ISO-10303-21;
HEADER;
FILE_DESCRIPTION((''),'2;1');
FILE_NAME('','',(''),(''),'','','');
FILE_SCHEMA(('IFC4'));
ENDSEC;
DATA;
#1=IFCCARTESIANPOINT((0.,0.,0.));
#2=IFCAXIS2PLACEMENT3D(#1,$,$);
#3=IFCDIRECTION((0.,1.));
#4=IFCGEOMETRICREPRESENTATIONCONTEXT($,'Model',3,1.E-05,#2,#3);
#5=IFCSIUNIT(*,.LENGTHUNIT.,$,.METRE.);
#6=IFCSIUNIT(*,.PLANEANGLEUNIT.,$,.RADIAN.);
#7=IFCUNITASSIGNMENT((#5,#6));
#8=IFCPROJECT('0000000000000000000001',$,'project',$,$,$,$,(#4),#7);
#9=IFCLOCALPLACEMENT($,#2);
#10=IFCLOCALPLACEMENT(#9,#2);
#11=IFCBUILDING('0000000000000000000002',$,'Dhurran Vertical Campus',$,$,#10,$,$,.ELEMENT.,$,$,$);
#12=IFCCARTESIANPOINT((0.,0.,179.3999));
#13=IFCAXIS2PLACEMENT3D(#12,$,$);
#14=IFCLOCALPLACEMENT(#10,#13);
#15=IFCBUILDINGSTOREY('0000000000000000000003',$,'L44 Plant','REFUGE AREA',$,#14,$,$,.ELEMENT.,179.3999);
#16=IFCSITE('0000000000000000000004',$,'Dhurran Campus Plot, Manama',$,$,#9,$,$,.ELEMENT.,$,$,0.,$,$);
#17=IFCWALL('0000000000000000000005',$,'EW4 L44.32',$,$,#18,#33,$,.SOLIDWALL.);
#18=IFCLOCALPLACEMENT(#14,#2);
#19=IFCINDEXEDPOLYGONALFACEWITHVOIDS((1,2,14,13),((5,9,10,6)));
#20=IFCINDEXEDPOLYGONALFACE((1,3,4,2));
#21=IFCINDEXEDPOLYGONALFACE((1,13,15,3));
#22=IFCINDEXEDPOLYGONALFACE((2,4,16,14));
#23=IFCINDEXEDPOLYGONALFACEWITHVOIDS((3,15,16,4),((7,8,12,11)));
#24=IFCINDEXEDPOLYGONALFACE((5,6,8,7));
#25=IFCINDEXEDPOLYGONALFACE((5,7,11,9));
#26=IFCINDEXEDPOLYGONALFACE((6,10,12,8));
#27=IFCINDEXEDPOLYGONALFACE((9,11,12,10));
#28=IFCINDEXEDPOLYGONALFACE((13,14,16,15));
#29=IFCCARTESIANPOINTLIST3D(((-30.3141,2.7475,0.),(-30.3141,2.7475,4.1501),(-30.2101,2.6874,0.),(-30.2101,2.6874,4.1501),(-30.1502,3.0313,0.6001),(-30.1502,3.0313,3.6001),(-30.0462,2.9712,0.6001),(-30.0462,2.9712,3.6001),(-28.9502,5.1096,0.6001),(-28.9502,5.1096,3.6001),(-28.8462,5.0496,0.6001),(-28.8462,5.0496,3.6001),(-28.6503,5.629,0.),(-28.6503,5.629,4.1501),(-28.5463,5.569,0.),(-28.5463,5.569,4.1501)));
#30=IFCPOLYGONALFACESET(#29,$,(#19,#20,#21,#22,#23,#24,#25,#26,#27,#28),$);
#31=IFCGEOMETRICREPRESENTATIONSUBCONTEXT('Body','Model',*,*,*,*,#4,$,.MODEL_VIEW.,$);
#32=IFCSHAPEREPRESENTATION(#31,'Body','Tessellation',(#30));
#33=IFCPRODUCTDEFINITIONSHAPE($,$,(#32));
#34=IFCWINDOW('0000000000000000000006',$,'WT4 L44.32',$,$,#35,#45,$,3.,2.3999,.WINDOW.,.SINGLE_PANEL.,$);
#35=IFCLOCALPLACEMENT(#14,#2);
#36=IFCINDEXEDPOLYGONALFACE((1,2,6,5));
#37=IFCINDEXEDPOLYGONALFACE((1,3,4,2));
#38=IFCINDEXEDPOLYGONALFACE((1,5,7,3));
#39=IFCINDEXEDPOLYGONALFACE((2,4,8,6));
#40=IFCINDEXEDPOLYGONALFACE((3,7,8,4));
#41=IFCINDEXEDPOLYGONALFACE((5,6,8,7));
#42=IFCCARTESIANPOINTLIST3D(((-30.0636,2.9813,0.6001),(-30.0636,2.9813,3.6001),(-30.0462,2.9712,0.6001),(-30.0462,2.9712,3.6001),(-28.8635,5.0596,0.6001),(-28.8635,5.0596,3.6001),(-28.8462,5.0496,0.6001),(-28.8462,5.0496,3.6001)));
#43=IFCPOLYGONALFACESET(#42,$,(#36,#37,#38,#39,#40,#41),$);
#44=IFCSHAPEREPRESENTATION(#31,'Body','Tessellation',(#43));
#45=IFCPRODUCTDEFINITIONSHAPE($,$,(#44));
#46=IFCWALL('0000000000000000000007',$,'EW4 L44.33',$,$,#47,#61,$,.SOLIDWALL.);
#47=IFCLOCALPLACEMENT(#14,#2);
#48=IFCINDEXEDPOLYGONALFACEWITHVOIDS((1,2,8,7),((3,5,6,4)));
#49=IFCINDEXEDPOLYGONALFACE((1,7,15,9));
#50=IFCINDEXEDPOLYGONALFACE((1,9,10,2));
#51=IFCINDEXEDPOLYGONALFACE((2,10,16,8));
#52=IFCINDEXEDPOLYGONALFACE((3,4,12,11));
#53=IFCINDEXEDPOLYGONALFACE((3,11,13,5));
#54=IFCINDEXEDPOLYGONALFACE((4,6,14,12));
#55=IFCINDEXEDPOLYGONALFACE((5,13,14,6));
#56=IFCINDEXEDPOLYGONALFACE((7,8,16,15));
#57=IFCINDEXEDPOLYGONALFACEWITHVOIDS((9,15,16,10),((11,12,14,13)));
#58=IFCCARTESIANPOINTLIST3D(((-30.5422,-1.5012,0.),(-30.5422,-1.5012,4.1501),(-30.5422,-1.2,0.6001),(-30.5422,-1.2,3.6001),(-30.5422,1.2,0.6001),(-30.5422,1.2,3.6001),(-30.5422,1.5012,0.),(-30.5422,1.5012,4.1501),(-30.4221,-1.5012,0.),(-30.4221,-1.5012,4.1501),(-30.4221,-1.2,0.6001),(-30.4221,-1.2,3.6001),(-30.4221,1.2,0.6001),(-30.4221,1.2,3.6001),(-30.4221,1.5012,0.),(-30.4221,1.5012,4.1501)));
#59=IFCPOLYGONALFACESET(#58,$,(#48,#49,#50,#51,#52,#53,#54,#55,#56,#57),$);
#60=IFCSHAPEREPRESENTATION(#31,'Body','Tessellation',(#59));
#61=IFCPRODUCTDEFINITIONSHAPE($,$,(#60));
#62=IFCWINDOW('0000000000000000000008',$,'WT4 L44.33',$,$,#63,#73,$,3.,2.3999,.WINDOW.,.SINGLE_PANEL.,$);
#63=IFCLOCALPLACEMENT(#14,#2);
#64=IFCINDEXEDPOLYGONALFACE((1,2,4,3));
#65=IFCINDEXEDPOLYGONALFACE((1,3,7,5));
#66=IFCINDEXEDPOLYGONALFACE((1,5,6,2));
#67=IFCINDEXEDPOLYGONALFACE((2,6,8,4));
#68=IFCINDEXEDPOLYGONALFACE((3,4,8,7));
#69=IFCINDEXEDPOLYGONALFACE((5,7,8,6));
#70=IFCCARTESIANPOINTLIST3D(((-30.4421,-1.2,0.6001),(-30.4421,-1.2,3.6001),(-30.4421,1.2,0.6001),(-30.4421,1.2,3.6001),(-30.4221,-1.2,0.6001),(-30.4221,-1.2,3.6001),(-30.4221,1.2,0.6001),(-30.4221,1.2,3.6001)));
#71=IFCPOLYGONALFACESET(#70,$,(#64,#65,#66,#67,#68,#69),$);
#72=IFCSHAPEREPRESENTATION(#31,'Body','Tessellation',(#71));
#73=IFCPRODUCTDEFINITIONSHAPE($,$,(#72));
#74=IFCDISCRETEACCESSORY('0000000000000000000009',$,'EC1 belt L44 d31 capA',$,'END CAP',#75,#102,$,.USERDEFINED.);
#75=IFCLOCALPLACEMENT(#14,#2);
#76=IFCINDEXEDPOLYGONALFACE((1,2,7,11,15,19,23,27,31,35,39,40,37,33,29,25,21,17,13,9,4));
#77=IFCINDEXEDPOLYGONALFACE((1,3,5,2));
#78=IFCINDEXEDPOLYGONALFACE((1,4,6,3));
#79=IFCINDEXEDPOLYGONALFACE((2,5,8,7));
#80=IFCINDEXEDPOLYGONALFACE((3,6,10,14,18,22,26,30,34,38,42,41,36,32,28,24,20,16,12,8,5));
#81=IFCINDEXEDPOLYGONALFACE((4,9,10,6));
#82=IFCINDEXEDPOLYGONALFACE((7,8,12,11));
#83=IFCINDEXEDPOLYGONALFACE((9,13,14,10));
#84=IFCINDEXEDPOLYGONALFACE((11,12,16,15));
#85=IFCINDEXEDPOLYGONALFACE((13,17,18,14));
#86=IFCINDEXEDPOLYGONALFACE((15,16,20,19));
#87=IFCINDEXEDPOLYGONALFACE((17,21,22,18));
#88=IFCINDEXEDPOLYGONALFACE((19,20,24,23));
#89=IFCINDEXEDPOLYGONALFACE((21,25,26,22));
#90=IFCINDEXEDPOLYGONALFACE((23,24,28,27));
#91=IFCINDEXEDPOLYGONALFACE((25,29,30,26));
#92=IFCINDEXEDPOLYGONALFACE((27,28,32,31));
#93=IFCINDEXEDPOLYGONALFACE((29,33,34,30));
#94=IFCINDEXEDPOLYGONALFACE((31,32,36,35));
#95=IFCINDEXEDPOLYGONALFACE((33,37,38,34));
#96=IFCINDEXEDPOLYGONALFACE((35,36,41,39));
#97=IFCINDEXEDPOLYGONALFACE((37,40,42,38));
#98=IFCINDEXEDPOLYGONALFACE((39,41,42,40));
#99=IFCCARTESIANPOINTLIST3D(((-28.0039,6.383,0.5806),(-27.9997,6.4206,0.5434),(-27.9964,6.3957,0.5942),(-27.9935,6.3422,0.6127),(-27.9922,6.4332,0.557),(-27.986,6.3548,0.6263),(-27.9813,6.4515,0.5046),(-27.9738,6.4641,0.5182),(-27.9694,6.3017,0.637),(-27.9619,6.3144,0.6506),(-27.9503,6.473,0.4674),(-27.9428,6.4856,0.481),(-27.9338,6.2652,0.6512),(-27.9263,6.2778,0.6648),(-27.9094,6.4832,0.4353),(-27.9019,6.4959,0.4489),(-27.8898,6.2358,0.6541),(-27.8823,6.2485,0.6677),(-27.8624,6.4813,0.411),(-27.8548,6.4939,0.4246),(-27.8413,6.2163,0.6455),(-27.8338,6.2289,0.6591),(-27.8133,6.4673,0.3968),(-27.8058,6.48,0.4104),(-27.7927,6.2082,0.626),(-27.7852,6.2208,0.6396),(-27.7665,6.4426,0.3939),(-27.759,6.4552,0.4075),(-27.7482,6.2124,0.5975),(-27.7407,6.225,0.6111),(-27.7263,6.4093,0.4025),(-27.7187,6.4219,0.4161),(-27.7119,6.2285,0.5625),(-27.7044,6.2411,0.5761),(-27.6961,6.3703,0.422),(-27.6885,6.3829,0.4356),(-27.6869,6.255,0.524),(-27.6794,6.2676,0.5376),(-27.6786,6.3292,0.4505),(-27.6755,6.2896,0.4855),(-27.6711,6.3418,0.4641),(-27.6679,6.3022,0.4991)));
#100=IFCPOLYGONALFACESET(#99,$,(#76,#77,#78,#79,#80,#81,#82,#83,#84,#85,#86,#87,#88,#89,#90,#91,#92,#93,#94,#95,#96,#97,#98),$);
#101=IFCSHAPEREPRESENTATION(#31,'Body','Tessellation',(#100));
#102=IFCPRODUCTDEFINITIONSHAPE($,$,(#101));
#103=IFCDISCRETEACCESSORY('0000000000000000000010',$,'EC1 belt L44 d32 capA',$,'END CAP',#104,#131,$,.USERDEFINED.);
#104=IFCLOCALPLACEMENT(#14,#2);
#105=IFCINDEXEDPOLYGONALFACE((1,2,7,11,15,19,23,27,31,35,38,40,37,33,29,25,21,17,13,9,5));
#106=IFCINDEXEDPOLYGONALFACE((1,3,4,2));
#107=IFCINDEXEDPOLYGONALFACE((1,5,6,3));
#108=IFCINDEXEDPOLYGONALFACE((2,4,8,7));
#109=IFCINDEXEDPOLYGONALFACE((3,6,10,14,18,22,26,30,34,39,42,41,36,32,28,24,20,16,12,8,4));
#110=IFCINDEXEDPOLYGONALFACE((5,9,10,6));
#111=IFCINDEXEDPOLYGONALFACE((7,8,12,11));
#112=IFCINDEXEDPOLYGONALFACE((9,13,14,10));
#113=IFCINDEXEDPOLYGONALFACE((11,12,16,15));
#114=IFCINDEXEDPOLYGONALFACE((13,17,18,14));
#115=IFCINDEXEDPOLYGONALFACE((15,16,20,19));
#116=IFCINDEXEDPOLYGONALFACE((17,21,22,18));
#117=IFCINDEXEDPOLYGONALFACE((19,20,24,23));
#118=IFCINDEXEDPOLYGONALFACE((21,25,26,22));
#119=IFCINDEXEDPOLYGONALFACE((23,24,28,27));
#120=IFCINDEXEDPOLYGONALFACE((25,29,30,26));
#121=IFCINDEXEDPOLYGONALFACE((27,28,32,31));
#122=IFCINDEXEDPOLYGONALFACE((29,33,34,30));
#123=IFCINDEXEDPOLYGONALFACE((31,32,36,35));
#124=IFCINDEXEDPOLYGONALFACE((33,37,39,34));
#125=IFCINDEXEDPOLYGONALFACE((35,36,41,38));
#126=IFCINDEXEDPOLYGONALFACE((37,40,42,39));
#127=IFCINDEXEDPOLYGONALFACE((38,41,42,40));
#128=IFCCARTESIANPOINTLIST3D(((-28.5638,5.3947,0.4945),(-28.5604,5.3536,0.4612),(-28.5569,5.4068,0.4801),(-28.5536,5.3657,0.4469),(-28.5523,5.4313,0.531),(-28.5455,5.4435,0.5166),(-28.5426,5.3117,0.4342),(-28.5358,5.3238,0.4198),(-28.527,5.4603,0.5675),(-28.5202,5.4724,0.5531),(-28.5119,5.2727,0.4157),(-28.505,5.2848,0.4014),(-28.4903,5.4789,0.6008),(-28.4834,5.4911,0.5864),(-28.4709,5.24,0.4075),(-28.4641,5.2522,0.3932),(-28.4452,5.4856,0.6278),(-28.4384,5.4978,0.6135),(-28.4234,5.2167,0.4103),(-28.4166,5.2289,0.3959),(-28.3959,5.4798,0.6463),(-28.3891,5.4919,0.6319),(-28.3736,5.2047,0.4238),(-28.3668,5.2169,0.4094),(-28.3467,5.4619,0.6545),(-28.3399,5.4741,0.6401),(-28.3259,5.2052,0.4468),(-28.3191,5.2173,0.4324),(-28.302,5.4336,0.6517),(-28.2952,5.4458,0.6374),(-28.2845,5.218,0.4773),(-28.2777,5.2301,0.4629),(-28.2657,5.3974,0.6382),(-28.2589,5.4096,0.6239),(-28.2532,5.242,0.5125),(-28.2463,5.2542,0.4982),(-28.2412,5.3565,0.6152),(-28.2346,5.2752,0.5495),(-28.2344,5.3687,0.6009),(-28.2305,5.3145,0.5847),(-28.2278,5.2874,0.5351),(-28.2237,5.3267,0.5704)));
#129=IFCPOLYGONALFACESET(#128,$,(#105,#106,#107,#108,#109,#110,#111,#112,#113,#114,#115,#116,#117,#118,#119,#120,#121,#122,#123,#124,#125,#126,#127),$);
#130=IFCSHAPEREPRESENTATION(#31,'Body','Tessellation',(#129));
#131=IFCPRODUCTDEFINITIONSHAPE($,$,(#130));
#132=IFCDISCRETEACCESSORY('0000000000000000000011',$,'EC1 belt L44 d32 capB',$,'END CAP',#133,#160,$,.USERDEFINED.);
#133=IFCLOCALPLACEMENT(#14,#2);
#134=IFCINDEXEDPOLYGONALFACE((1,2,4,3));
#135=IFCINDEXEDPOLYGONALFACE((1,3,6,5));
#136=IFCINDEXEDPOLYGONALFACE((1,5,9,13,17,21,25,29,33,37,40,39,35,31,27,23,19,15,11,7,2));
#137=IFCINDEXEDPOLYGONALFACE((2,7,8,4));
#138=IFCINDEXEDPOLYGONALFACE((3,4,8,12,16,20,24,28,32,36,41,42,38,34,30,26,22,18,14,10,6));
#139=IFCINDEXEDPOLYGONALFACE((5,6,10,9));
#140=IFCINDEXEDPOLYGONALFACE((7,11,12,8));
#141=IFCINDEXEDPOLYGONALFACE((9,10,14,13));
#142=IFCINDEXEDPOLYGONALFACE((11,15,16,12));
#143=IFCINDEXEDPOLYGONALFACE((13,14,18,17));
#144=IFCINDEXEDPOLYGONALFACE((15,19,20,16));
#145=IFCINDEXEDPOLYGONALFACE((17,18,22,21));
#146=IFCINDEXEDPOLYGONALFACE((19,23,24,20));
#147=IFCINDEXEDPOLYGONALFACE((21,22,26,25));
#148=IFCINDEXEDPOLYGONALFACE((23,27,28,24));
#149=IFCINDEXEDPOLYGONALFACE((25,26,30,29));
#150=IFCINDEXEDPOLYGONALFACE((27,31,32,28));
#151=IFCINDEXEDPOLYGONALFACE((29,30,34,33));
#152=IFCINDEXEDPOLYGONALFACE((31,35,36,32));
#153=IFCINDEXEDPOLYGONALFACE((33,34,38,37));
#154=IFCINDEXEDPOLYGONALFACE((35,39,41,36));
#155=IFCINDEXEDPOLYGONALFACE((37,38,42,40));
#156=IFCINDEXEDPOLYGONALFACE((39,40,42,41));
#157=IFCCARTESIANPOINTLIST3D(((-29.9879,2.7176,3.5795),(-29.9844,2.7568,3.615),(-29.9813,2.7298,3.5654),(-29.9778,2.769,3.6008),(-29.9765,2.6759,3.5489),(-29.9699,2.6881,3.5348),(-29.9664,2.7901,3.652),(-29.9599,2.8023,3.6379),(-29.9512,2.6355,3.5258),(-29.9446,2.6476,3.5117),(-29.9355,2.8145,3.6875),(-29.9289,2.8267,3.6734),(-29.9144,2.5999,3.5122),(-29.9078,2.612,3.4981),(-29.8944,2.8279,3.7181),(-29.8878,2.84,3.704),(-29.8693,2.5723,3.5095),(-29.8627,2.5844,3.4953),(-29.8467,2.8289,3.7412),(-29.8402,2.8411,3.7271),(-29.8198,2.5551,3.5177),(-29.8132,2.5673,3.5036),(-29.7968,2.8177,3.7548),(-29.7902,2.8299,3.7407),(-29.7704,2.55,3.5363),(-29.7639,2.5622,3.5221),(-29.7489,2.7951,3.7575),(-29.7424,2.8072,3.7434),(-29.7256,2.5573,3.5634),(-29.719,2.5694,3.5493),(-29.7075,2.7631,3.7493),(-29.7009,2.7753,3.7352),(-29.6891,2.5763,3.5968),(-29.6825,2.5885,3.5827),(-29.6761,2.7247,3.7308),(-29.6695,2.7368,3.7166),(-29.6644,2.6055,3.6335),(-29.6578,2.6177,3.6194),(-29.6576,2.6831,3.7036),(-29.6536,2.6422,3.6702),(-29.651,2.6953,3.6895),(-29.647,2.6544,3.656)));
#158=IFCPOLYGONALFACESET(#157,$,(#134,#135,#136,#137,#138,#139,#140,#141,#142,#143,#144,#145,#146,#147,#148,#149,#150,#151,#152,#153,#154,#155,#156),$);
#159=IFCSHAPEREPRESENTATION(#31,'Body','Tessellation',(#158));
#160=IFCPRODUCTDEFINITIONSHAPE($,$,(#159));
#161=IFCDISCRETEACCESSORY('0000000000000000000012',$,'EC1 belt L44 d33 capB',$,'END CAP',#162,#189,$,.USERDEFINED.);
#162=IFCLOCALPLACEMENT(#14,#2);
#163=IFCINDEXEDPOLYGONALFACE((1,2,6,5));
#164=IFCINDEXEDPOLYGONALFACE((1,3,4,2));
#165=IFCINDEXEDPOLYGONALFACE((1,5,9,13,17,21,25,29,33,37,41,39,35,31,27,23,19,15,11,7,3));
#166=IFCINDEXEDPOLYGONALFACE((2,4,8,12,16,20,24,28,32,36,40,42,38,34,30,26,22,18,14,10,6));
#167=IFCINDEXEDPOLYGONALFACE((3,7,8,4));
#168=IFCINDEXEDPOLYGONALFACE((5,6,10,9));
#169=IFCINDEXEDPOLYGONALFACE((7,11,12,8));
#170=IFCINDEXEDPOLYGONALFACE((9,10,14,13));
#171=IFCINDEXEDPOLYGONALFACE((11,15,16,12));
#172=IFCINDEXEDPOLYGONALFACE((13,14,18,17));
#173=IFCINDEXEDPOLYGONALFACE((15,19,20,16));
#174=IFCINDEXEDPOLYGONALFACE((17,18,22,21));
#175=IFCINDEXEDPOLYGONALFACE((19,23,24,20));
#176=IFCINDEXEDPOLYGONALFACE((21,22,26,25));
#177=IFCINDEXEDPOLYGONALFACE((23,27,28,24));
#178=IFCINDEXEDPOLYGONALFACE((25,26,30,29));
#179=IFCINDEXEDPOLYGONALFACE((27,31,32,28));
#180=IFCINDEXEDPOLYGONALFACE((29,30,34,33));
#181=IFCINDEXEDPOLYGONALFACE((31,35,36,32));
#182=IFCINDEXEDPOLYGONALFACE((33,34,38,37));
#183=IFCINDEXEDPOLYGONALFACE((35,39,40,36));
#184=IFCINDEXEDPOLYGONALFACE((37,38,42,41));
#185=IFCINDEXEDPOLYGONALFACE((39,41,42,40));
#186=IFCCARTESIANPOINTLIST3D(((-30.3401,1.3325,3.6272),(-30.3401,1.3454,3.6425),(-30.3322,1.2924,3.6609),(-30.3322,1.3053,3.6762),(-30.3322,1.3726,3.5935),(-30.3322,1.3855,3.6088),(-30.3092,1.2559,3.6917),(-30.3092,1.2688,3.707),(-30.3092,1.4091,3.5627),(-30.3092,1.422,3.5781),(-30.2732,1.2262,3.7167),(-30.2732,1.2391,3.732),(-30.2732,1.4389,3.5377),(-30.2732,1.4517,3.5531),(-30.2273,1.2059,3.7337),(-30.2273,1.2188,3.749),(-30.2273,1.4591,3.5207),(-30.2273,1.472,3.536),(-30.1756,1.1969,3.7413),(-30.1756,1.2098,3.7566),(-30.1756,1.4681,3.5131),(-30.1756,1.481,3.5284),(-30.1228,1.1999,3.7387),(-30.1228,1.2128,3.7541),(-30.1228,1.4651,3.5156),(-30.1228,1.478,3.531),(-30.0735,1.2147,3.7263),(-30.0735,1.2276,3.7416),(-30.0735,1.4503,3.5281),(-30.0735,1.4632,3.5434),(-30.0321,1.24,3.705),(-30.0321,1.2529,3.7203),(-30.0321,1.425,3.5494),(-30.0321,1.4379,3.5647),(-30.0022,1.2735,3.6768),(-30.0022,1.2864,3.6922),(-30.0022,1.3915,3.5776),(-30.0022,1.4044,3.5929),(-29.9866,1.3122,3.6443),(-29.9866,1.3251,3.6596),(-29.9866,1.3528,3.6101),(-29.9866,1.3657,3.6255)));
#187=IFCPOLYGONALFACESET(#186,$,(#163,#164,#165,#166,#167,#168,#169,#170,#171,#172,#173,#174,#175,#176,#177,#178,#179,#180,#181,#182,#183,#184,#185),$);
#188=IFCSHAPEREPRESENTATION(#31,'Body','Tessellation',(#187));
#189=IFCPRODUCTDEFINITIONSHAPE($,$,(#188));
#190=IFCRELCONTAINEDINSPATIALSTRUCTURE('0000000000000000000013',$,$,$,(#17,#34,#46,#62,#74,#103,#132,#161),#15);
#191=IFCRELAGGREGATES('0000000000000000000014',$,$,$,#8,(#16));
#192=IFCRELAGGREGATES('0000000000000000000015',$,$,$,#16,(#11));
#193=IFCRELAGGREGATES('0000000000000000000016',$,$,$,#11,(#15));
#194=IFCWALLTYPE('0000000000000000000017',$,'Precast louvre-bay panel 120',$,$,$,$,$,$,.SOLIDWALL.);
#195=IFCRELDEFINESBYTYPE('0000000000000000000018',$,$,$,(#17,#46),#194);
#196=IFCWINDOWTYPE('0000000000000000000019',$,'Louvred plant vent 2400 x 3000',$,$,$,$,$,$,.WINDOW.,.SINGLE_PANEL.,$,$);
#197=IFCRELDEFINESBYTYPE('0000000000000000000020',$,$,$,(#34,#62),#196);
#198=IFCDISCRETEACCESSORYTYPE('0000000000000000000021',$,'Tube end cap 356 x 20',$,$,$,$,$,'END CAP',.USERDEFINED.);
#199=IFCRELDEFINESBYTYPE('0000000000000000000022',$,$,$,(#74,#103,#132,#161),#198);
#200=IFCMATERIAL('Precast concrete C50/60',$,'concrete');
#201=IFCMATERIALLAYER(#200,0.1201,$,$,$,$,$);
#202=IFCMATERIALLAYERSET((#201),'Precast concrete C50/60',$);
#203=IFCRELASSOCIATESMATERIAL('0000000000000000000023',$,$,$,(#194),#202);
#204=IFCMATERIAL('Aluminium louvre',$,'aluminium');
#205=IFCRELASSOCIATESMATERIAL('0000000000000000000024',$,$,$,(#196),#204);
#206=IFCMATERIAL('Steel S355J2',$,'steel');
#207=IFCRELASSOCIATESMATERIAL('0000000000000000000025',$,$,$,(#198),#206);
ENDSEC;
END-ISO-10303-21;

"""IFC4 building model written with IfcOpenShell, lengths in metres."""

from ifc_helpers import new_model, si_unit, direction, frame, frame_2d, origin, origin_2d, place, context, subcontext, project, spatial, rectangle, circle, extrude, material, layer, layer_set, material_profile, profile_set, type_object, element, fill, save


model = new_model("IFC4")

# Units and contexts
model_context = context("Model", 3, precision=1e-05, world=origin(), true_north=direction((0.0, 1.0)))
body_context = subcontext(model_context, "Body", "Model", "MODEL_VIEW")
ifc_project = project(units=[si_unit("LENGTHUNIT", "METRE"), si_unit("PLANEANGLEUNIT", "RADIAN")], contexts=[model_context])

# Site, building, storey
site_placement = place(None, origin())
site = spatial("IfcSite", under=ifc_project, at=site_placement, Name="Dhurran Campus Plot, Manama", CompositionType="ELEMENT", RefElevation=0.0)
building_placement = place(site_placement, origin())
building = spatial("IfcBuilding", under=site, at=building_placement, Name="Dhurran Vertical Campus", CompositionType="ELEMENT")
storey_placement = place(building_placement, frame((0.0, 0.0, 179.3999)))
storey = spatial("IfcBuildingStorey", under=building, at=storey_placement, Name="L44 Plant", Description="REFUGE AREA", CompositionType="ELEMENT", Elevation=179.3999)

# Walls, openings, windows
ifc_material_1 = material(Name="Precast concrete C50/60", Category="concrete")
ifc_layer = layer(ifc_material_1, 0.1201)
ifc_layer_set = layer_set([ifc_layer], Name="Precast concrete C50/60")
wall_type = type_object("IfcWallType", Name="Precast louvre-bay panel 120", PredefinedType="SOLIDWALL", material=ifc_layer_set)
wall_1_placement = place(storey_placement, frame((-28.5984, 5.5989, 0.0), z_axis=(0.0, 0.0, 1.0), x_axis=(-0.500029, -0.866008, 0.0)))
wall_1 = element("IfcWall", 1, at=wall_1_placement, inside=storey, type_object=wall_type, Name="EW4 L44.32", PredefinedType="SOLIDWALL", context=body_context, shape_type="SweptSolid", body=[
    extrude(rectangle(XDim=3.3274, YDim=0.1201, at=frame_2d((1.6636, 0.0))), origin(), (0.0, 0.0, 1.0), 4.1501),
])
opening_1_placement = place(wall_1_placement, frame((0.5996, 0.0, 0.6001)))
opening_1 = element("IfcOpeningElement", 2, at=opening_1_placement, cuts=wall_1, PredefinedType="OPENING", context=body_context, shape_type="SweptSolid", body=[
    extrude(rectangle(XDim=2.3999, YDim=3.0, at=frame_2d((1.2, 1.5))), frame((0.0, 0.0701, 0.0), z_axis=(0.0, -1.0, 0.0), x_axis=(1.0, 0.0, 0.0)), (0.0, 0.0, 1.0), 0.1401),
])
ifc_material_2 = material(Name="Aluminium louvre", Category="aluminium")
window_type = type_object("IfcWindowType", Name="Louvred plant vent 2400 x 3000", PartitioningType="SINGLE_PANEL", PredefinedType="WINDOW", material=ifc_material_2)
window_1_placement = place(opening_1_placement, origin())
window_1 = element("IfcWindow", 3, at=window_1_placement, inside=storey, type_object=window_type, Name="WT4 L44.32", OverallHeight=3.0, OverallWidth=2.3999, PartitioningType="SINGLE_PANEL", PredefinedType="WINDOW", context=body_context, shape_type="SweptSolid", body=[
    extrude(rectangle(XDim=2.3999, YDim=3.0, at=frame_2d((1.2, 1.5))), frame((0.0, 0.0601, 0.0), z_axis=(0.0, -1.0, 0.0), x_axis=(1.0, 0.0, 0.0)), (0.0, 0.0, 1.0), 0.02),
])
fill(opening_1, window_1)
wall_2_placement = place(storey_placement, frame((-30.4822, 1.5012, 0.0), z_axis=(0.0, 0.0, 1.0), x_axis=(0.0, -1.0, 0.0)))
wall_2 = element("IfcWall", 4, at=wall_2_placement, inside=storey, type_object=wall_type, Name="EW4 L44.33", PredefinedType="SOLIDWALL", context=body_context, shape_type="SweptSolid", body=[
    extrude(rectangle(XDim=3.0024, YDim=0.1201, at=frame_2d((1.5012, 0.0))), origin(), (0.0, 0.0, 1.0), 4.1501),
])
opening_2_placement = place(wall_2_placement, frame((0.3013, 0.0, 0.6001)))
opening_2 = element("IfcOpeningElement", 5, at=opening_2_placement, cuts=wall_2, PredefinedType="OPENING", context=body_context, shape_type="SweptSolid", body=[
    extrude(rectangle(XDim=2.3999, YDim=3.0, at=frame_2d((1.2, 1.5))), frame((0.0, 0.0701, 0.0), z_axis=(0.0, -1.0, 0.0), x_axis=(1.0, 0.0, 0.0)), (0.0, 0.0, 1.0), 0.1401),
])
window_2_placement = place(opening_2_placement, origin())
window_2 = element("IfcWindow", 6, at=window_2_placement, inside=storey, type_object=window_type, Name="WT4 L44.33", OverallHeight=3.0, OverallWidth=2.3999, PartitioningType="SINGLE_PANEL", PredefinedType="WINDOW", context=body_context, shape_type="SweptSolid", body=[
    extrude(rectangle(XDim=2.3999, YDim=3.0, at=frame_2d((1.2, 1.5))), frame((0.0, 0.0601, 0.0), z_axis=(0.0, -1.0, 0.0), x_axis=(1.0, 0.0, 0.0)), (0.0, 0.0, 1.0), 0.02),
])
fill(opening_2, window_2)

# Discrete accessories
ifc_material_3 = material(Name="Steel S355J2", Category="steel")
ifc_material_profile_1 = material_profile(ifc_material_3, circle(Radius=0.1777, at=origin_2d()), Name="Tube end cap 356 x 20")
ifc_profile_set_1 = profile_set([ifc_material_profile_1], Name="Steel S355J2")
discrete_accessory_type = type_object("IfcDiscreteAccessoryType", Name="Tube end cap 356 x 20", ElementType="END CAP", PredefinedType="USERDEFINED", material=ifc_profile_set_1)
for number, where, z_axis, x_axis, name in (
    (7, (-27.832, 6.3586, 0.5376), (-0.375903, -0.630546, -0.67905), (0.858947, -0.512065, 0.0), "EC1 belt L44 d31 capA"),
    (8, (-28.3972, 5.3445, 0.531), (0.340427, 0.607906, -0.717329), (-0.872506, 0.488603, 0.0), "EC1 belt L44 d32 capA"),
):
    element("IfcDiscreteAccessory", number, at=place(storey_placement, frame(where, z_axis=z_axis, x_axis=x_axis)), inside=storey, type_object=discrete_accessory_type, Name=name, ObjectType="END CAP", PredefinedType="USERDEFINED", context=body_context, shape_type="SweptSolid", body=[
        extrude(circle(Radius=0.1777, at=origin_2d()), origin(), (0.0, 0.0, 1.0), 0.02),
    ])
discrete_accessory_1_placement = place(storey_placement, frame((-29.8142, 2.7021, 3.6194), z_axis=(-0.332523, -0.615784, 0.71431), x_axis=(0.879905, -0.475149, 0.0)))
element("IfcDiscreteAccessory", 9, at=discrete_accessory_1_placement, inside=storey, type_object=discrete_accessory_type, Name="EC1 belt L44 d32 capB", ObjectType="END CAP", PredefinedType="USERDEFINED", context=body_context, shape_type="SweptSolid", body=[
    extrude(circle(Radius=0.1777, at=origin_2d()), origin(), (0.0, 0.0, 1.0), 0.0198),
])
discrete_accessory_2_placement = place(storey_placement, frame((-30.1624, 1.3325, 3.6272), z_axis=(0.0, 0.643762, 0.765226), x_axis=(-1.0, 0.0, 0.0)))
element("IfcDiscreteAccessory", 10, at=discrete_accessory_2_placement, inside=storey, type_object=discrete_accessory_type, Name="EC1 belt L44 d33 capB", ObjectType="END CAP", PredefinedType="USERDEFINED", context=body_context, shape_type="SweptSolid", body=[
    extrude(circle(Radius=0.1777, at=origin_2d()), origin(), (0.0, 0.0, 1.0), 0.02),
])

save(model, "model.ifc")
